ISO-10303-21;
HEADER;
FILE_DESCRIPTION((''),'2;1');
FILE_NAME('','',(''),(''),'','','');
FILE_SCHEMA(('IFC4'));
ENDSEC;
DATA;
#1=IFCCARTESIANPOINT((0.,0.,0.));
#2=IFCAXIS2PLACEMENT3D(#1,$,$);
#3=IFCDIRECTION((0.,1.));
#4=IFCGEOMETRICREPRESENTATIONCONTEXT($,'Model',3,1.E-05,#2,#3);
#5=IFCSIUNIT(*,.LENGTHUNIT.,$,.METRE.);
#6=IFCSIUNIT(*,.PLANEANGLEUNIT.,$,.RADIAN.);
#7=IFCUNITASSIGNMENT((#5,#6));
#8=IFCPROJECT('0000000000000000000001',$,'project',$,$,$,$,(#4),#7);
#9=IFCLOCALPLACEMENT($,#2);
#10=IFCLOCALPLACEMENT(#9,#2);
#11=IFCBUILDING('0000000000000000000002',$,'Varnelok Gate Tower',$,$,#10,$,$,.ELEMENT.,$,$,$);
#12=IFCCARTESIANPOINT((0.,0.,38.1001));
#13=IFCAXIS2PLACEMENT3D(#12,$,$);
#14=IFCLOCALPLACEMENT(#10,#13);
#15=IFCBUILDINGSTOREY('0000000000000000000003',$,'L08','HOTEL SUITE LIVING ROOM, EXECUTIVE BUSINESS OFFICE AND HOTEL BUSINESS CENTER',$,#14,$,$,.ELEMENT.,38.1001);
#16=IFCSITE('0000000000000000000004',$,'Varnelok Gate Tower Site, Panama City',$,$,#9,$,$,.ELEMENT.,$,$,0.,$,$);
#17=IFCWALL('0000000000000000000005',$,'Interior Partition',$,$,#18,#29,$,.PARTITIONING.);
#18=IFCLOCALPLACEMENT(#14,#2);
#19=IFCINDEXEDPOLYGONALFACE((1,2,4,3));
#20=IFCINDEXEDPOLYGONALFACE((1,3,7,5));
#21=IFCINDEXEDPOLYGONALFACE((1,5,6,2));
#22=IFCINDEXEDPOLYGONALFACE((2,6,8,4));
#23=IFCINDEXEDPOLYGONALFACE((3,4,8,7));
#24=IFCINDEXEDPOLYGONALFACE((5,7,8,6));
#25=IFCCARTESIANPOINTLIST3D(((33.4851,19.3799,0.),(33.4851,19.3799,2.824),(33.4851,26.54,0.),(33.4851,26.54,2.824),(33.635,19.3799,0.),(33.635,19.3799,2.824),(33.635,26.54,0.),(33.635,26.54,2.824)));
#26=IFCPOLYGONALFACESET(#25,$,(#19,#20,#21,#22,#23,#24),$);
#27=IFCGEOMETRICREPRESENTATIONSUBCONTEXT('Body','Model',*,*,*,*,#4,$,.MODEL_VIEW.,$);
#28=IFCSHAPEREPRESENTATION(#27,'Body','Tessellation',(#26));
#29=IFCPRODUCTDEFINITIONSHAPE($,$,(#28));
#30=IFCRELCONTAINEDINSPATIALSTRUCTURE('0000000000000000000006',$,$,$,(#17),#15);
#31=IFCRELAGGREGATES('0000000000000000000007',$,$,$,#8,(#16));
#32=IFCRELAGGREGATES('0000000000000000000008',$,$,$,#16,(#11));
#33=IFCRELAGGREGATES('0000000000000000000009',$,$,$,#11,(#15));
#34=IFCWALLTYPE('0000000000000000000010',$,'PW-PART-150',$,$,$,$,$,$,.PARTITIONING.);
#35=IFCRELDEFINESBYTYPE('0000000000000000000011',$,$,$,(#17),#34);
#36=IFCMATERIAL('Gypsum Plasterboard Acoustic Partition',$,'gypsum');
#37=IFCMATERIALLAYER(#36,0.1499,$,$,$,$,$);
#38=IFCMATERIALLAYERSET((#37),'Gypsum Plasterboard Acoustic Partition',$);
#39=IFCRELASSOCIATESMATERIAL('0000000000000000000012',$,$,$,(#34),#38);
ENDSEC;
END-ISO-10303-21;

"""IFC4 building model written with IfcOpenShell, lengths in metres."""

from ifc_helpers import new_model, si_unit, direction, frame, frame_2d, origin, place, context, subcontext, project, spatial, rectangle, extrude, material, layer, layer_set, type_object, element, save


model = new_model("IFC4")

# Units and contexts
model_context = context("Model", 3, precision=1e-05, world=origin(), true_north=direction((0.0, 1.0)))
body_context = subcontext(model_context, "Body", "Model", "MODEL_VIEW")
ifc_project = project(units=[si_unit("LENGTHUNIT", "METRE"), si_unit("PLANEANGLEUNIT", "RADIAN")], contexts=[model_context])

# Site, building, storey
site_placement = place(None, origin())
site = spatial("IfcSite", under=ifc_project, at=site_placement, Name="Varnelok Gate Tower Site, Panama City", CompositionType="ELEMENT", RefElevation=0.0)
building_placement = place(site_placement, origin())
building = spatial("IfcBuilding", under=site, at=building_placement, Name="Varnelok Gate Tower", CompositionType="ELEMENT")
storey_placement = place(building_placement, frame((0.0, 0.0, 38.1001)))
storey = spatial("IfcBuildingStorey", under=building, at=storey_placement, Name="L08", Description="HOTEL SUITE LIVING ROOM, EXECUTIVE BUSINESS OFFICE AND HOTEL BUSINESS CENTER", CompositionType="ELEMENT", Elevation=38.1001)

# Shared definitions
ifc_material_1 = material(Name="Gypsum Plasterboard Acoustic Partition", Category="gypsum")

# Shared definitions
ifc_layer_1 = layer(ifc_material_1, 0.1499)
ifc_layer_set_1 = layer_set([ifc_layer_1], Name="Gypsum Plasterboard Acoustic Partition")
wall_type_1 = type_object("IfcWallType", Name="PW-PART-150", PredefinedType="PARTITIONING", material=ifc_layer_set_1)

# Wall
wall_1_placement = place(storey_placement, frame((33.5601, 19.3799, 0.0), z_axis=(0.0, 0.0, 1.0), x_axis=(0.0, 1.0, 0.0)))
element("IfcWall", 1, at=wall_1_placement, inside=storey, type_object=wall_type_1, Name="Interior Partition", PredefinedType="PARTITIONING", context=body_context, shape_type="SweptSolid", body=[
    extrude(rectangle(XDim=7.1602, YDim=0.1499, at=frame_2d((3.5801, 0.0))), origin(), (0.0, 0.0, 1.0), 2.824),
])

save(model, "model.ifc")
